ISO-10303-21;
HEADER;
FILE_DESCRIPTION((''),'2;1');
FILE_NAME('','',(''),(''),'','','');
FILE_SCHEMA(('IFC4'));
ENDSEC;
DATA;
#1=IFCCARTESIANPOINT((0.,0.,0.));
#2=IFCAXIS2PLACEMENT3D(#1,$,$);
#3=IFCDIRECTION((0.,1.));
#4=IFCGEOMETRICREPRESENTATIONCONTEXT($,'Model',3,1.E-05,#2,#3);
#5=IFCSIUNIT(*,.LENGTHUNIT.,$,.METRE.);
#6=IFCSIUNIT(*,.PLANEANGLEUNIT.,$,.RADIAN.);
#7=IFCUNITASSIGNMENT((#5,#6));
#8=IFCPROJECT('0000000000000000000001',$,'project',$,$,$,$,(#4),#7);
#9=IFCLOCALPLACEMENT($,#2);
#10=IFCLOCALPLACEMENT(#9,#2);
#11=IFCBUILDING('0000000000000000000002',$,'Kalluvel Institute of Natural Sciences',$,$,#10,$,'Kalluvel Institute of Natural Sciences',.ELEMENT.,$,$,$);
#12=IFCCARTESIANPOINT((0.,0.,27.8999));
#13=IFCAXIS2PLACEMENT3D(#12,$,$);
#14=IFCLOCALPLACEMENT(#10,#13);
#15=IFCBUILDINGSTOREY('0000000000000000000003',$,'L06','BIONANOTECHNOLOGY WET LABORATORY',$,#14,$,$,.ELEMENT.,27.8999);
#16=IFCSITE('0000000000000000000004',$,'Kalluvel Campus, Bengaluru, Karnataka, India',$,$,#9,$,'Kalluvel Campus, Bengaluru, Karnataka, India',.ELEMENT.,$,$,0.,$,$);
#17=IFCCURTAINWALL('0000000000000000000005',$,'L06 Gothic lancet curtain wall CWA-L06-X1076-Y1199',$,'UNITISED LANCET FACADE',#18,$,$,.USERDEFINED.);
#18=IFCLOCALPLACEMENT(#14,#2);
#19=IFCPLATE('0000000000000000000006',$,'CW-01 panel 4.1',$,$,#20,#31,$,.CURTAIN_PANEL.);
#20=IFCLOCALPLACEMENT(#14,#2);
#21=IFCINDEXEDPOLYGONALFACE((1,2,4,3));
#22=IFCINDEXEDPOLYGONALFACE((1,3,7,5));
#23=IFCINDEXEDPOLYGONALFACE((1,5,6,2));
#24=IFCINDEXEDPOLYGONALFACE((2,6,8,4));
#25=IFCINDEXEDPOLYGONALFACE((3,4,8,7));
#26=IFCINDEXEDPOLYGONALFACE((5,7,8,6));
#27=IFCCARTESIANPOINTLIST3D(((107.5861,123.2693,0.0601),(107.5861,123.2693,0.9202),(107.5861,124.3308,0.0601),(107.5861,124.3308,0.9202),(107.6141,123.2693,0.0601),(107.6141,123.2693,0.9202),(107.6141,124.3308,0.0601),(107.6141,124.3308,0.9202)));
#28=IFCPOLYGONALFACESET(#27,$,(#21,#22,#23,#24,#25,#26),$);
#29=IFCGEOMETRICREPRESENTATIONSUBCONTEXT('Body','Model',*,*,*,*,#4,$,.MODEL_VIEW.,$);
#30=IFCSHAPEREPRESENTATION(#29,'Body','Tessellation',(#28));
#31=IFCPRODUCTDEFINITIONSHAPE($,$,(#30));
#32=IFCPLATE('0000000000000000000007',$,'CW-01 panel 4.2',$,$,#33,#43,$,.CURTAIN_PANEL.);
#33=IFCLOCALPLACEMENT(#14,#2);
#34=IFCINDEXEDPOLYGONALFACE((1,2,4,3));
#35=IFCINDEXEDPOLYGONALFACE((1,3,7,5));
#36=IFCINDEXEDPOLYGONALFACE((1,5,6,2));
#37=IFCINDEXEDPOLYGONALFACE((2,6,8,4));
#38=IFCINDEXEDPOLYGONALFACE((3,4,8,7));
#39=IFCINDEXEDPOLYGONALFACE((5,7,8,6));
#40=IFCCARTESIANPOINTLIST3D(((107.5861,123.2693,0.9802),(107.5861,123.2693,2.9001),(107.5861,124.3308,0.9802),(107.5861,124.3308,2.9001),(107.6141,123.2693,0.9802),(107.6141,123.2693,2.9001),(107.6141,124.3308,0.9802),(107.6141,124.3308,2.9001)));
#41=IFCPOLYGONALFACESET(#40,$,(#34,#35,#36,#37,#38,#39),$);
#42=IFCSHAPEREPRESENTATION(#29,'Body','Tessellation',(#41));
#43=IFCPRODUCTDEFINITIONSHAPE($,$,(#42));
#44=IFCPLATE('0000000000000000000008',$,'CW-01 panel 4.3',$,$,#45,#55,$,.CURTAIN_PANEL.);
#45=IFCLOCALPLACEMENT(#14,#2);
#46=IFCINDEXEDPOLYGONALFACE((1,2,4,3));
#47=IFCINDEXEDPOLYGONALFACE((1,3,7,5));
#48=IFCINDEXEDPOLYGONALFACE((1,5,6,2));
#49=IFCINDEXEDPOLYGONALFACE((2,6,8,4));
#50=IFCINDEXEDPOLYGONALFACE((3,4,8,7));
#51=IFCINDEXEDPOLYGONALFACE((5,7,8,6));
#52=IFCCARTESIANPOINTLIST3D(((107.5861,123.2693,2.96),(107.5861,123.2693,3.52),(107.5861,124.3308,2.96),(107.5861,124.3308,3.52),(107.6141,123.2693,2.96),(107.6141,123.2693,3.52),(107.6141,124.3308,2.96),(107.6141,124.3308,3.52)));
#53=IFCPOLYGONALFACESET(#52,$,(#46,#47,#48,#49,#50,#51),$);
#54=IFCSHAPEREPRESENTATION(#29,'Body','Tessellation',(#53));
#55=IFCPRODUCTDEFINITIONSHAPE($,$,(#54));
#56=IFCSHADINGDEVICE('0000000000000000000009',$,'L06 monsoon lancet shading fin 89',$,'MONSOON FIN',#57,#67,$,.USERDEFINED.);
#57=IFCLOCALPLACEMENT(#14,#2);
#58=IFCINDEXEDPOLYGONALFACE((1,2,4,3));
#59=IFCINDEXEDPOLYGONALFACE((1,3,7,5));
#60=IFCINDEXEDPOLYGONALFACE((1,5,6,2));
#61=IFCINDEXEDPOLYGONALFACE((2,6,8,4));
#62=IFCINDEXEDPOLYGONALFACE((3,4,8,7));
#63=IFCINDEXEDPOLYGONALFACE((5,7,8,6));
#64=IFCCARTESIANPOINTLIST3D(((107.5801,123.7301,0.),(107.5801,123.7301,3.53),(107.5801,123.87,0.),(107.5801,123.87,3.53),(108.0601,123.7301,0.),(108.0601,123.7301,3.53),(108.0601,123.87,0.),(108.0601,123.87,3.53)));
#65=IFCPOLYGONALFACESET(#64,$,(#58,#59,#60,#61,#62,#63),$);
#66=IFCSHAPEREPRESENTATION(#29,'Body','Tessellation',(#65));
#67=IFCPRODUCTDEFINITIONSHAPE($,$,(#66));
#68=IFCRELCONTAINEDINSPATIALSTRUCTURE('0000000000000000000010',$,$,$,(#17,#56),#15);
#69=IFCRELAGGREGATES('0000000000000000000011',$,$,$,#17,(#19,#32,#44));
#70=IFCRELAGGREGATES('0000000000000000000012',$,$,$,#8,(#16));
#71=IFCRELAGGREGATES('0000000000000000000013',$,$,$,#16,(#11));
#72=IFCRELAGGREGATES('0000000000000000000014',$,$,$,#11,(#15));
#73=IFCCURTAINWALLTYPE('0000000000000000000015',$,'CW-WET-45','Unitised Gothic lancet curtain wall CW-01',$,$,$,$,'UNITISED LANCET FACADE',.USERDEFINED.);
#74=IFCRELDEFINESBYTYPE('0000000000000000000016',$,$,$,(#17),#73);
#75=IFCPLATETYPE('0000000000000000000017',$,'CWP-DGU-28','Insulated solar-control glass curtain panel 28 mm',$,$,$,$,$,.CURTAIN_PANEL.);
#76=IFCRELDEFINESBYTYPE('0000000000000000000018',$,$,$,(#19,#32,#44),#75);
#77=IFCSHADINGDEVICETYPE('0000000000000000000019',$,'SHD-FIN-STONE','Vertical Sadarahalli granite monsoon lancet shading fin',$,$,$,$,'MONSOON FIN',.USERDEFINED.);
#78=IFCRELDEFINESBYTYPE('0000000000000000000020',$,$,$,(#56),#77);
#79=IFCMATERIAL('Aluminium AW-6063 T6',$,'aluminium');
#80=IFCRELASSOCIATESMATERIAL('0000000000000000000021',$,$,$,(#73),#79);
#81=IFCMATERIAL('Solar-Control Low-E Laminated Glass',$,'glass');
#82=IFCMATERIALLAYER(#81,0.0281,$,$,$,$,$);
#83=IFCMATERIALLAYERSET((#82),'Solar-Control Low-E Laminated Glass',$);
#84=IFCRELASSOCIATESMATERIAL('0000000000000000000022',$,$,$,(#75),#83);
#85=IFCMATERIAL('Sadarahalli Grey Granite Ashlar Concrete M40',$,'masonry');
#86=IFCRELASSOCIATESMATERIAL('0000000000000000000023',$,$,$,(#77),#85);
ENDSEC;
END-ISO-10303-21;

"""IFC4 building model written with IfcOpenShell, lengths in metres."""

from ifc_helpers import new_model, si_unit, direction, frame, origin, origin_2d, place, context, subcontext, project, spatial, rectangle, extrude, material, layer, layer_set, type_object, element, aggregate, save


model = new_model("IFC4")

# Units and contexts
model_context = context("Model", 3, precision=1e-05, world=origin(), true_north=direction((0.0, 1.0)))
body_context = subcontext(model_context, "Body", "Model", "MODEL_VIEW")
ifc_project = project(units=[si_unit("LENGTHUNIT", "METRE"), si_unit("PLANEANGLEUNIT", "RADIAN")], contexts=[model_context])

# Site, building, storey
site_placement = place(None, origin())
site = spatial("IfcSite", under=ifc_project, at=site_placement, Name="Kalluvel Campus, Bengaluru, Karnataka, India", LongName="Kalluvel Campus, Bengaluru, Karnataka, India", CompositionType="ELEMENT", RefElevation=0.0)
building_placement = place(site_placement, origin())
building = spatial("IfcBuilding", under=site, at=building_placement, Name="Kalluvel Institute of Natural Sciences", LongName="Kalluvel Institute of Natural Sciences", CompositionType="ELEMENT")
storey_placement = place(building_placement, frame((0.0, 0.0, 27.8999)))
storey = spatial("IfcBuildingStorey", under=building, at=storey_placement, Name="L06", Description="BIONANOTECHNOLOGY WET LABORATORY", CompositionType="ELEMENT", Elevation=27.8999)

# Curtain wall, plates
ifc_material_1 = material(Name="Aluminium AW-6063 T6", Category="aluminium")
curtain_wall_type = type_object("IfcCurtainWallType", Name="CW-WET-45", Description="Unitised Gothic lancet curtain wall CW-01", ElementType="UNITISED LANCET FACADE", PredefinedType="USERDEFINED", material=ifc_material_1)
curtain_wall_placement = place(storey_placement, origin())
curtain_wall = element("IfcCurtainWall", 1, at=curtain_wall_placement, inside=storey, type_object=curtain_wall_type, Name="L06 Gothic lancet curtain wall CWA-L06-X1076-Y1199", ObjectType="UNITISED LANCET FACADE", PredefinedType="USERDEFINED")
ifc_material_2 = material(Name="Solar-Control Low-E Laminated Glass", Category="glass")
ifc_layer = layer(ifc_material_2, 0.0281)
ifc_layer_set = layer_set([ifc_layer], Name="Solar-Control Low-E Laminated Glass")
plate_type = type_object("IfcPlateType", Name="CWP-DGU-28", Description="Insulated solar-control glass curtain panel 28 mm", PredefinedType="CURTAIN_PANEL", material=ifc_layer_set)
plate_1_placement = place(storey_placement, frame((107.6001, 123.8, 0.0601), z_axis=(0.0, 0.0, 1.0), x_axis=(0.0, 1.0, 0.0)))
plate_1 = element("IfcPlate", 2, at=plate_1_placement, type_object=plate_type, Name="CW-01 panel 4.1", PredefinedType="CURTAIN_PANEL", context=body_context, shape_type="SweptSolid", body=[
    extrude(rectangle(XDim=1.0615, YDim=0.0281, at=origin_2d()), origin(), (0.0, 0.0, 1.0), 0.8601),
])
plate_2_placement = place(storey_placement, frame((107.6001, 123.8, 0.9802), z_axis=(0.0, 0.0, 1.0), x_axis=(0.0, 1.0, 0.0)))
plate_2 = element("IfcPlate", 3, at=plate_2_placement, type_object=plate_type, Name="CW-01 panel 4.2", PredefinedType="CURTAIN_PANEL", context=body_context, shape_type="SweptSolid", body=[
    extrude(rectangle(XDim=1.0615, YDim=0.0281, at=origin_2d()), origin(), (0.0, 0.0, 1.0), 1.9199),
])
plate_3_placement = place(storey_placement, frame((107.6001, 123.8, 2.96), z_axis=(0.0, 0.0, 1.0), x_axis=(0.0, 1.0, 0.0)))
plate_3 = element("IfcPlate", 4, at=plate_3_placement, type_object=plate_type, Name="CW-01 panel 4.3", PredefinedType="CURTAIN_PANEL", context=body_context, shape_type="SweptSolid", body=[
    extrude(rectangle(XDim=1.0615, YDim=0.0281, at=origin_2d()), origin(), (0.0, 0.0, 1.0), 0.5601),
])
aggregate(curtain_wall, [plate_1, plate_2, plate_3])

# Shading device
ifc_material_3 = material(Name="Sadarahalli Grey Granite Ashlar Concrete M40", Category="masonry")
shading_device_type = type_object("IfcShadingDeviceType", Name="SHD-FIN-STONE", Description="Vertical Sadarahalli granite monsoon lancet shading fin", ElementType="MONSOON FIN", PredefinedType="USERDEFINED", material=ifc_material_3)
shading_device_placement = place(storey_placement, frame((107.8201, 123.8, 0.0), z_axis=(0.0, 0.0, 1.0), x_axis=(0.0, 1.0, 0.0)))
element("IfcShadingDevice", 5, at=shading_device_placement, inside=storey, type_object=shading_device_type, Name="L06 monsoon lancet shading fin 89", ObjectType="MONSOON FIN", PredefinedType="USERDEFINED", context=body_context, shape_type="SweptSolid", body=[
    extrude(rectangle(XDim=0.1399, YDim=0.48, at=origin_2d()), origin(), (0.0, 0.0, 1.0), 3.53),
])

save(model, "model.ifc")
